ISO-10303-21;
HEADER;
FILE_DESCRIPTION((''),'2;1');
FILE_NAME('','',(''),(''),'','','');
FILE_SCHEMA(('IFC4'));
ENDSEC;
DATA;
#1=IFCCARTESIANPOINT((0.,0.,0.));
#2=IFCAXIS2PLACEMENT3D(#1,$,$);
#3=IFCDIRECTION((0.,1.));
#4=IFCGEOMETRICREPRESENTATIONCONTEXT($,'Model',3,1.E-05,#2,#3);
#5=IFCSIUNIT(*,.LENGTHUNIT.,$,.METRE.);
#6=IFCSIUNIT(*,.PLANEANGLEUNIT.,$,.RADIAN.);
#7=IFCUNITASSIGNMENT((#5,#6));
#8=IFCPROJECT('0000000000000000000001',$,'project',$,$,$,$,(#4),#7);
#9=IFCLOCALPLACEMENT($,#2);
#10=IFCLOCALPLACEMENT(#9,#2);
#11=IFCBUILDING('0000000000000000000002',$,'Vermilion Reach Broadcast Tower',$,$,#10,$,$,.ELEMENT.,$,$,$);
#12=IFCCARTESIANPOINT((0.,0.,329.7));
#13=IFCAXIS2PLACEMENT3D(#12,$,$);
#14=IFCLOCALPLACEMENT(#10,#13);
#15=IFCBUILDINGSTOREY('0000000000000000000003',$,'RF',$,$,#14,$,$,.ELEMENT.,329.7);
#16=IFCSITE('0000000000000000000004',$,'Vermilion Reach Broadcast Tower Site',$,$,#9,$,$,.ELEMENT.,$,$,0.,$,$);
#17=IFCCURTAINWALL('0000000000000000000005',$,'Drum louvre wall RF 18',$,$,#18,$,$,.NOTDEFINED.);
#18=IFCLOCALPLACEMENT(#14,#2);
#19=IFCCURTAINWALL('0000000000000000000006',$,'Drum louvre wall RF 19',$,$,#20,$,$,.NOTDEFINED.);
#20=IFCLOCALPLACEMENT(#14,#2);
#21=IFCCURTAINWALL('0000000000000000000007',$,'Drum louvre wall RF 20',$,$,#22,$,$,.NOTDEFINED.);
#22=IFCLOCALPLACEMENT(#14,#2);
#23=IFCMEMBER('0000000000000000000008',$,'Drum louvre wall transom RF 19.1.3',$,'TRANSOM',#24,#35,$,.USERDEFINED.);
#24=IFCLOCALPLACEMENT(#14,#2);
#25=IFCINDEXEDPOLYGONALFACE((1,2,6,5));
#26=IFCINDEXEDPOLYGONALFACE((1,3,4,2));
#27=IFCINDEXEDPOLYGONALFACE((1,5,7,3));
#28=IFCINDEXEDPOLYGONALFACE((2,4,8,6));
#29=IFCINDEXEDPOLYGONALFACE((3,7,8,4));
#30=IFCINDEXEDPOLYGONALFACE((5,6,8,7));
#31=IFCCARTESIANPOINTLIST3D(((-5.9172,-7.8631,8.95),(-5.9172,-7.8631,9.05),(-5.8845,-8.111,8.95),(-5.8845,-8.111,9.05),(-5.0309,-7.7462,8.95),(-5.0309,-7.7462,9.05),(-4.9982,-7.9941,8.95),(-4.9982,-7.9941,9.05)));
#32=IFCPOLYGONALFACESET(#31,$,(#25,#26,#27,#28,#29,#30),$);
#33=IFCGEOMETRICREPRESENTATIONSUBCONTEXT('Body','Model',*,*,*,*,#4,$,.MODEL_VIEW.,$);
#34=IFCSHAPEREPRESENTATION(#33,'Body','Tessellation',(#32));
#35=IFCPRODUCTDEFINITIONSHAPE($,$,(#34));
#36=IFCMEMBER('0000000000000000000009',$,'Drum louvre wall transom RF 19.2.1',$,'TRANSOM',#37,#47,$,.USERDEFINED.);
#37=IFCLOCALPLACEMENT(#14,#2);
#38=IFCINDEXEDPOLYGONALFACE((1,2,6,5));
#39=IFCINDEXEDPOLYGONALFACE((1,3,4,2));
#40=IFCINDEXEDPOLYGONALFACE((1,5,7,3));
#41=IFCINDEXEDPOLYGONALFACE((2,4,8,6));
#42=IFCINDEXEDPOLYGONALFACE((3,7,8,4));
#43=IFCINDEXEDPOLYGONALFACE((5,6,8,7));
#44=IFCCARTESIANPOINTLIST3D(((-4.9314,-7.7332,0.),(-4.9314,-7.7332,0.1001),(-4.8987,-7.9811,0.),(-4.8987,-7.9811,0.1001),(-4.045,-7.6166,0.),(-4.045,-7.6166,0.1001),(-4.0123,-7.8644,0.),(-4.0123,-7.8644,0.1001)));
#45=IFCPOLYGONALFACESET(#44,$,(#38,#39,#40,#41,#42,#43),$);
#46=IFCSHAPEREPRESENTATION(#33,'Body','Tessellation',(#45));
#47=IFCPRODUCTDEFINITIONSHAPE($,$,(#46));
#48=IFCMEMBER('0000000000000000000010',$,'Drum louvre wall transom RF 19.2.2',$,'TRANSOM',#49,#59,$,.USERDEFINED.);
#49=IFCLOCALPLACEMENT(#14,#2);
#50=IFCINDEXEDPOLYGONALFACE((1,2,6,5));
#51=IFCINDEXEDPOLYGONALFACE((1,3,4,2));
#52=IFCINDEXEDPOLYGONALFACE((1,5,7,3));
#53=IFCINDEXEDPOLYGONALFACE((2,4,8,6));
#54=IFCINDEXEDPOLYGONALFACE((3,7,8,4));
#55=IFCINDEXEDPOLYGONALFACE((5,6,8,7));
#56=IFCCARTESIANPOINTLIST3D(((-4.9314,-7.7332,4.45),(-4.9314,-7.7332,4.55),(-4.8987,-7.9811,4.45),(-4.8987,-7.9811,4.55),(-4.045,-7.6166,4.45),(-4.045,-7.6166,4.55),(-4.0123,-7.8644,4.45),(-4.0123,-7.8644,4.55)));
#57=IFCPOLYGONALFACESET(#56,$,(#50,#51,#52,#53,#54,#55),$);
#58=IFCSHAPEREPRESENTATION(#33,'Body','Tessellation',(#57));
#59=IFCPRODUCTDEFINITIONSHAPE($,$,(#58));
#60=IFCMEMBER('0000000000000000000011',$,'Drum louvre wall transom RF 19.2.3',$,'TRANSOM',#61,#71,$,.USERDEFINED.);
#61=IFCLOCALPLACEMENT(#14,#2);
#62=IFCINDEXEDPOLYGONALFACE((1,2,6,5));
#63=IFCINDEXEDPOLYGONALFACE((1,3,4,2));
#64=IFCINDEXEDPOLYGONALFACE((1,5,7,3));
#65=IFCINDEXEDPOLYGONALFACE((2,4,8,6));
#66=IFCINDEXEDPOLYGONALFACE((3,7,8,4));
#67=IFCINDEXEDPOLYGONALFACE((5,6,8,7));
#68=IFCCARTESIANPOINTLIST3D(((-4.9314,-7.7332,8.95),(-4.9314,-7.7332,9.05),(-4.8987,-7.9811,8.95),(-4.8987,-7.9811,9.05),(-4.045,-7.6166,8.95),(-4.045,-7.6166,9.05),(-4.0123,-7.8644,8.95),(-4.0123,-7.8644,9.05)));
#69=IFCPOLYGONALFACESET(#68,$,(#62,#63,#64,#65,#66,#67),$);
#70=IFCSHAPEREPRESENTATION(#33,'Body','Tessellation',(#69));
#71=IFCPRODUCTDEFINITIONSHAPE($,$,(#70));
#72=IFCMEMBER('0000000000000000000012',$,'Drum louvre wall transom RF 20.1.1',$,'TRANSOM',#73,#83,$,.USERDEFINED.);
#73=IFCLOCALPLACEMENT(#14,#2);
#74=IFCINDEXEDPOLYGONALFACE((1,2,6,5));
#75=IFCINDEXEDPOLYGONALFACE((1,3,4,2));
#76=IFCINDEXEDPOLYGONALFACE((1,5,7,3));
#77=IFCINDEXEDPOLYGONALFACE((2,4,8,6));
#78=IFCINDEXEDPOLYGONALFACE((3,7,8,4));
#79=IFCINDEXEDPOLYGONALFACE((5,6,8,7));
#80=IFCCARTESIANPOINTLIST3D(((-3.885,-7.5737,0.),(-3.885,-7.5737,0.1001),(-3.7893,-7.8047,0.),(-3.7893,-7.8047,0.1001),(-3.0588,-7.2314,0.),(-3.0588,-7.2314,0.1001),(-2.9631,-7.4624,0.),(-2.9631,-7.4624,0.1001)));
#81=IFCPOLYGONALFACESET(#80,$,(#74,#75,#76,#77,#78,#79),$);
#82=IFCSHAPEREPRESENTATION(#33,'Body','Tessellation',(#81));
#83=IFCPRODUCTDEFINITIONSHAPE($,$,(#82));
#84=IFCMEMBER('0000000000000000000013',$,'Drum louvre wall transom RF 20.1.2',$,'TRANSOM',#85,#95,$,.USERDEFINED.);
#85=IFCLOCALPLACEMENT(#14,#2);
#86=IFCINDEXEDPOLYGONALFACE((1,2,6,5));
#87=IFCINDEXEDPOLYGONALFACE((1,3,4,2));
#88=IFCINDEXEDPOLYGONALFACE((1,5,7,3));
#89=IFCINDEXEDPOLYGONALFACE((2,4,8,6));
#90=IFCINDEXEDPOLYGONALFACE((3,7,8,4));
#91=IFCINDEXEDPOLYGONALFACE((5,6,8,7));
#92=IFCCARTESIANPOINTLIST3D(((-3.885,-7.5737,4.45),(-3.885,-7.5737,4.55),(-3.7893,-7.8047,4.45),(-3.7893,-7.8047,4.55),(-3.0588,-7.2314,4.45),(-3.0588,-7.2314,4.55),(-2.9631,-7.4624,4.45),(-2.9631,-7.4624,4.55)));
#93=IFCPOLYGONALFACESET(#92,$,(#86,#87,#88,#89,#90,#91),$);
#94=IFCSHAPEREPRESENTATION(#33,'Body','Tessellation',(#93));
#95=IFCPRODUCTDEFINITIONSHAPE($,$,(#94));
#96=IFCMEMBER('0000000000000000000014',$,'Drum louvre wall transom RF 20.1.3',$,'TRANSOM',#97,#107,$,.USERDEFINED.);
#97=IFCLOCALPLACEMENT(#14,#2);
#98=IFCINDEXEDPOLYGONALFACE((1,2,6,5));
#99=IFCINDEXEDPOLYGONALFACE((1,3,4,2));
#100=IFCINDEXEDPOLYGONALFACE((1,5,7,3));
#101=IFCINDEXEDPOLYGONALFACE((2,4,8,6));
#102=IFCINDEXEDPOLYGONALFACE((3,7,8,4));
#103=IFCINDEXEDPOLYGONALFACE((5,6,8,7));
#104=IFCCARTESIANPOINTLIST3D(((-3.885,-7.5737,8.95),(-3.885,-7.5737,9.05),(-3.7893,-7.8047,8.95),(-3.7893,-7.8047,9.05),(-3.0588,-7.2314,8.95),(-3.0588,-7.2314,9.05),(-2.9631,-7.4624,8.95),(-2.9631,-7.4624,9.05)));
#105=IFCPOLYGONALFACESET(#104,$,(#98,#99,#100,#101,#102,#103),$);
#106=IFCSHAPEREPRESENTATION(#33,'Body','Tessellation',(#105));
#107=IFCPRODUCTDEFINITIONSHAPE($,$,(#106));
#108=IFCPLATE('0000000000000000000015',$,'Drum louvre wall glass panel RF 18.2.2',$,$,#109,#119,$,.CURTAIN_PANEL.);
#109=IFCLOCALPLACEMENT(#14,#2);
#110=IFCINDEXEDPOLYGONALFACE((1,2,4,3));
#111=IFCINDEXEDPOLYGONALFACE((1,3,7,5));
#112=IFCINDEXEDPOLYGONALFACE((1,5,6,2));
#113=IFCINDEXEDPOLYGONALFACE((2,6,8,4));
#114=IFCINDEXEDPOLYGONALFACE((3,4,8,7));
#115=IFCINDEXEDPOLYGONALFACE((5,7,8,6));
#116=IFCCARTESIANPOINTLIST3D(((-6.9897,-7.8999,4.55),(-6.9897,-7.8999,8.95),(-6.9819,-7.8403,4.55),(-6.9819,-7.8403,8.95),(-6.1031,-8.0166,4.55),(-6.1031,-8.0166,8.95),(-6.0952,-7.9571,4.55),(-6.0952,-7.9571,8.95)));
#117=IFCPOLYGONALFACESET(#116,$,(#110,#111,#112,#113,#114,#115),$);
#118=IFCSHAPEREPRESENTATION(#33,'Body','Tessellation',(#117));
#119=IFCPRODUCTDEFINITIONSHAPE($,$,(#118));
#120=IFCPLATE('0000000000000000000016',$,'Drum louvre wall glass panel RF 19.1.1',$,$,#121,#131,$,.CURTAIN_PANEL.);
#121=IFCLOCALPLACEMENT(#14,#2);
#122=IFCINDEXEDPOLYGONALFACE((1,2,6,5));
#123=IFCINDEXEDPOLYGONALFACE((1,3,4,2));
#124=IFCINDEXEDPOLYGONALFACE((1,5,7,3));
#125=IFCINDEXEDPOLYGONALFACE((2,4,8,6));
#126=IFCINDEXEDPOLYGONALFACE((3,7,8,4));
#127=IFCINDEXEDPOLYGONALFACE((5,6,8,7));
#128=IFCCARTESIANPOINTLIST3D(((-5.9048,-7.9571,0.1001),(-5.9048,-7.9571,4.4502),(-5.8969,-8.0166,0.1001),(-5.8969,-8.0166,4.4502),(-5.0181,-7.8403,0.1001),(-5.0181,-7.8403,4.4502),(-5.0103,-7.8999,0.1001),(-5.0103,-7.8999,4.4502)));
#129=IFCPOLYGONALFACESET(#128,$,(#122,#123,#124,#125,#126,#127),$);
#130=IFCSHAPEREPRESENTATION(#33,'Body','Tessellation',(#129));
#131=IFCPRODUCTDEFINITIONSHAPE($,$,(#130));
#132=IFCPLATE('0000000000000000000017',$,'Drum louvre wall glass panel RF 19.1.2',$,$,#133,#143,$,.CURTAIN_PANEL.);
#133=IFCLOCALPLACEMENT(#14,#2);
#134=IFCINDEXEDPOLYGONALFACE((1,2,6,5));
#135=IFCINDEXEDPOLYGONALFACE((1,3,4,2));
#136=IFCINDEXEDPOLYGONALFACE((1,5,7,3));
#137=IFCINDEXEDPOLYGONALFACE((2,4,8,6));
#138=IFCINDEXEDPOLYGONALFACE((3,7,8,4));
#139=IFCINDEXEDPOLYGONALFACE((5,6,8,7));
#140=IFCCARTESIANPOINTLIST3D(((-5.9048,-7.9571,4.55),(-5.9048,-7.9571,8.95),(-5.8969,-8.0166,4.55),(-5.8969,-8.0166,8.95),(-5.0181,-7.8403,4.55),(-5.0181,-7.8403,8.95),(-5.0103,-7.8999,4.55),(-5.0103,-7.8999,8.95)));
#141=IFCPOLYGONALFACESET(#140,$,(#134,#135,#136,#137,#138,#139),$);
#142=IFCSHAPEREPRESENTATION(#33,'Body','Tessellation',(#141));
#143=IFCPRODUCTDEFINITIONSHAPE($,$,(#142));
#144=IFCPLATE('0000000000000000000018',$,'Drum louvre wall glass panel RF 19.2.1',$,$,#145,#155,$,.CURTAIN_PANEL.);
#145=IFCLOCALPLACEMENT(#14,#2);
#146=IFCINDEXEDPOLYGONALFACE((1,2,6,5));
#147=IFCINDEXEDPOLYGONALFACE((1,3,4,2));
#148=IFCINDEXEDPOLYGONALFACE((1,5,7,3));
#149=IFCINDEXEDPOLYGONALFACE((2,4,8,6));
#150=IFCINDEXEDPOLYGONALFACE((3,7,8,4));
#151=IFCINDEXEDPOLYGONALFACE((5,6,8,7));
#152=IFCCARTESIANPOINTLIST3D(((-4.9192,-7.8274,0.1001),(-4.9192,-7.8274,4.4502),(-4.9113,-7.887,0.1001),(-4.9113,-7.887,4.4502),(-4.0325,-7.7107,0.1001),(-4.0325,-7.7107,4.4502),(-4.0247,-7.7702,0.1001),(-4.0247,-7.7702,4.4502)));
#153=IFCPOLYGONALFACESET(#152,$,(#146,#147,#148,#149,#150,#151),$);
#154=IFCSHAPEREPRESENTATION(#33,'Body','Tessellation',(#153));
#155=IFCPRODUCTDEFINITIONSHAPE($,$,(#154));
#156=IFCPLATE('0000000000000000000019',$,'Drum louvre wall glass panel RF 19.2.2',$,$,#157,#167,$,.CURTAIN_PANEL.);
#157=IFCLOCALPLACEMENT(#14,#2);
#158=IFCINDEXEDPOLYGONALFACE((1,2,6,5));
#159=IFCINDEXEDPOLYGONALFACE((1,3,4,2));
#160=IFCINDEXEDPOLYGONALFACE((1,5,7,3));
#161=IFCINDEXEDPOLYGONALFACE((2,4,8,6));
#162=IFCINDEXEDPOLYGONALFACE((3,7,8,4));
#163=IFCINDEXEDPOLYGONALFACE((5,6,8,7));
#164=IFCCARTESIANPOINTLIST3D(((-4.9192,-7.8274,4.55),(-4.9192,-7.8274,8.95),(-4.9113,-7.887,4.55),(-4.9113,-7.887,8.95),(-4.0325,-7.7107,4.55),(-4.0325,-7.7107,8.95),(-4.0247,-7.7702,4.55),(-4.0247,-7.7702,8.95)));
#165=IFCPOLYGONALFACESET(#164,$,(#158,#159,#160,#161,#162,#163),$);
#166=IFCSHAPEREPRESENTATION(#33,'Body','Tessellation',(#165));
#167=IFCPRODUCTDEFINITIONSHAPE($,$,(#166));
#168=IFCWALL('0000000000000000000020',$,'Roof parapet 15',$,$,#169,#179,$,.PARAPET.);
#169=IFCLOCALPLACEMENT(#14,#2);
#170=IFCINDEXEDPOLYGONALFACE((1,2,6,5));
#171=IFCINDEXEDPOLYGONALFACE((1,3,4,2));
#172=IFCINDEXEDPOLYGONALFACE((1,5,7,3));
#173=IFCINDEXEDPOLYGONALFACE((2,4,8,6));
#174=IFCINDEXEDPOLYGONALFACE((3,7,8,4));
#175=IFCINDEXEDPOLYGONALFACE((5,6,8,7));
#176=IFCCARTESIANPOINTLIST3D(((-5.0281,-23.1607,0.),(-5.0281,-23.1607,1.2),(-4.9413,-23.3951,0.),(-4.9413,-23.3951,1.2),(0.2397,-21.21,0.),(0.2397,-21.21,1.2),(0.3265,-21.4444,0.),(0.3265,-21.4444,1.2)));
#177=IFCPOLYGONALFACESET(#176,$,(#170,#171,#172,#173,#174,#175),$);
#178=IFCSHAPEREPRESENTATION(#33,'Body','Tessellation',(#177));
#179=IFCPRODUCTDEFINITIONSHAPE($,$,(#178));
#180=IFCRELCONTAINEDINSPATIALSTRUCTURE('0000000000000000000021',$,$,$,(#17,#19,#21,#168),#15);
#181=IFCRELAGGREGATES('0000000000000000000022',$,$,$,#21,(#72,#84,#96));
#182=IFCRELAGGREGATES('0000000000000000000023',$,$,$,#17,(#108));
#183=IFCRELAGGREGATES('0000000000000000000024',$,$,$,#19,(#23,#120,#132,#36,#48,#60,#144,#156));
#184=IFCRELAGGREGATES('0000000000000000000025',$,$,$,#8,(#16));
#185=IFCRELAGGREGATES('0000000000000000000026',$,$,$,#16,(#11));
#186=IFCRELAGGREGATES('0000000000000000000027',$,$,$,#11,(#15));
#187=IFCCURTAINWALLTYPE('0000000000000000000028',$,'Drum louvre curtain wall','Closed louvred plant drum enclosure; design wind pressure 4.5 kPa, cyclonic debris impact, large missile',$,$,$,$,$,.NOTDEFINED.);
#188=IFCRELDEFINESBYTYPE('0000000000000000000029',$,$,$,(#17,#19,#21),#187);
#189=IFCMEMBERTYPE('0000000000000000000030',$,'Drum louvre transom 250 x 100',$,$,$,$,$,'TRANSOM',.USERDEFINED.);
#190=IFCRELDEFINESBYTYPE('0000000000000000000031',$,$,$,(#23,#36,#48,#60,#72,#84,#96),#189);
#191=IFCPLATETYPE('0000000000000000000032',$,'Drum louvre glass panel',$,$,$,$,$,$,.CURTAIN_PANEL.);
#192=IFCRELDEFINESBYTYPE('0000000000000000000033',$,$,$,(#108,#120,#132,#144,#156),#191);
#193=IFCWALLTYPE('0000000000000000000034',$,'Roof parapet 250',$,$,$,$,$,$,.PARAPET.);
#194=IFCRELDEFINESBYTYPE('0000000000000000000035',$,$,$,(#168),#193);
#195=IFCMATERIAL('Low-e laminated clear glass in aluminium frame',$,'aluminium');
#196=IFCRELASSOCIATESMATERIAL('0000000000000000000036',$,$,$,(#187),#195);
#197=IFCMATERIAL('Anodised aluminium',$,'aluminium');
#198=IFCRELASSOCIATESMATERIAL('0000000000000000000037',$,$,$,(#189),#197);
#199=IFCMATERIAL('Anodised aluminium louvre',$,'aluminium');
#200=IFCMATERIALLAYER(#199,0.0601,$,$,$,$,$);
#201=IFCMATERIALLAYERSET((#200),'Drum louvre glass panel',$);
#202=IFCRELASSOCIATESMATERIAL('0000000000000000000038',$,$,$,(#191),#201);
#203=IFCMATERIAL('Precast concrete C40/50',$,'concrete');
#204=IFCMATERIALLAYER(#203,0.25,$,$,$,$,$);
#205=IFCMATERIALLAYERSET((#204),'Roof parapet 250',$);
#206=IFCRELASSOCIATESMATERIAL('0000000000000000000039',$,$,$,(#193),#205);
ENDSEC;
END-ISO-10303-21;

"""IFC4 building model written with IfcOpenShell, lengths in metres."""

from ifc_helpers import new_model, si_unit, direction, frame, frame_2d, origin, origin_2d, place, context, subcontext, project, spatial, rectangle, extrude, material, layer, layer_set, material_profile, profile_set, type_object, element, aggregate, save


model = new_model("IFC4")

# Units and contexts
model_context = context("Model", 3, precision=1e-05, world=origin(), true_north=direction((0.0, 1.0)))
body_context = subcontext(model_context, "Body", "Model", "MODEL_VIEW")
ifc_project = project(units=[si_unit("LENGTHUNIT", "METRE"), si_unit("PLANEANGLEUNIT", "RADIAN")], contexts=[model_context])

# Site, building, storey
site_placement = place(None, origin())
site = spatial("IfcSite", under=ifc_project, at=site_placement, Name="Vermilion Reach Broadcast Tower Site", CompositionType="ELEMENT", RefElevation=0.0)
building_placement = place(site_placement, origin())
building = spatial("IfcBuilding", under=site, at=building_placement, Name="Vermilion Reach Broadcast Tower", CompositionType="ELEMENT")
storey_placement = place(building_placement, frame((0.0, 0.0, 329.7)))
storey = spatial("IfcBuildingStorey", under=building, at=storey_placement, Name="RF", CompositionType="ELEMENT", Elevation=329.7)

# Curtain wall
ifc_material_1 = material(Name="Low-e laminated clear glass in aluminium frame", Category="aluminium")
curtain_wall_type = type_object("IfcCurtainWallType", Name="Drum louvre curtain wall", Description="Closed louvred plant drum enclosure; design wind pressure 4.5 kPa, cyclonic debris impact, large missile", PredefinedType="NOTDEFINED", material=ifc_material_1)
placement = place(storey_placement, origin())
curtain_wall_1 = element("IfcCurtainWall", 1, at=placement, inside=storey, type_object=curtain_wall_type, Name="Drum louvre wall RF 18", PredefinedType="NOTDEFINED")

# Curtain wall
curtain_wall_2 = element("IfcCurtainWall", 2, at=placement, inside=storey, type_object=curtain_wall_type, Name="Drum louvre wall RF 19", PredefinedType="NOTDEFINED")

# Curtain wall
curtain_wall_3 = element("IfcCurtainWall", 3, at=placement, inside=storey, type_object=curtain_wall_type, Name="Drum louvre wall RF 20", PredefinedType="NOTDEFINED")

# Members
ifc_material_2 = material(Name="Anodised aluminium", Category="aluminium")
ifc_material_profile_1 = material_profile(ifc_material_2, rectangle(XDim=0.25, YDim=0.1001, at=origin_2d()), Name="Drum louvre transom 250 x 100")
ifc_profile_set_1 = profile_set([ifc_material_profile_1], Name="Anodised aluminium")
member_type_1 = type_object("IfcMemberType", Name="Drum louvre transom 250 x 100", ElementType="TRANSOM", PredefinedType="USERDEFINED", material=ifc_profile_set_1)
member_1_placement = place(storey_placement, frame((-5.9009, -7.9871, 9.0), z_axis=(0.991411, 0.130786, 0.0), x_axis=(-0.130786, 0.991411, 0.0)))
member_1 = element("IfcMember", 4, at=member_1_placement, type_object=member_type_1, Name="Drum louvre wall transom RF 19.1.3", ObjectType="TRANSOM", PredefinedType="USERDEFINED", context=body_context, shape_type="SweptSolid", body=[
    extrude(rectangle(XDim=0.25, YDim=0.1001, at=origin_2d()), origin(), (0.0, 0.0, 1.0), 0.894),
])
member_2_placement = place(storey_placement, frame((-4.915, -7.8572, 0.05), z_axis=(0.991446, 0.130518, 0.0), x_axis=(-0.130518, 0.991446, 0.0)))
member_2 = element("IfcMember", 5, at=member_2_placement, type_object=member_type_1, Name="Drum louvre wall transom RF 19.2.1", ObjectType="TRANSOM", PredefinedType="USERDEFINED", context=body_context, shape_type="SweptSolid", body=[
    extrude(rectangle(XDim=0.25, YDim=0.1001, at=origin_2d()), origin(), (0.0, 0.0, 1.0), 0.894),
])
member_3_placement = place(storey_placement, frame((-4.915, -7.8572, 4.5), z_axis=(0.991446, 0.130518, 0.0), x_axis=(-0.130518, 0.991446, 0.0)))
member_3 = element("IfcMember", 6, at=member_3_placement, type_object=member_type_1, Name="Drum louvre wall transom RF 19.2.2", ObjectType="TRANSOM", PredefinedType="USERDEFINED", context=body_context, shape_type="SweptSolid", body=[
    extrude(rectangle(XDim=0.25, YDim=0.1001, at=origin_2d()), origin(), (0.0, 0.0, 1.0), 0.894),
])
member_4_placement = place(storey_placement, frame((-4.915, -7.8572, 9.0), z_axis=(0.991446, 0.130518, 0.0), x_axis=(-0.130518, 0.991446, 0.0)))
member_4 = element("IfcMember", 7, at=member_4_placement, type_object=member_type_1, Name="Drum louvre wall transom RF 19.2.3", ObjectType="TRANSOM", PredefinedType="USERDEFINED", context=body_context, shape_type="SweptSolid", body=[
    extrude(rectangle(XDim=0.25, YDim=0.1001, at=origin_2d()), origin(), (0.0, 0.0, 1.0), 0.894),
])
member_5_placement = place(storey_placement, frame((-3.8372, -7.6892, 0.05), z_axis=(0.92385, 0.382754, 0.0), x_axis=(-0.382754, 0.92385, 0.0)))
member_5 = element("IfcMember", 8, at=member_5_placement, type_object=member_type_1, Name="Drum louvre wall transom RF 20.1.1", ObjectType="TRANSOM", PredefinedType="USERDEFINED", context=body_context, shape_type="SweptSolid", body=[
    extrude(rectangle(XDim=0.25, YDim=0.1001, at=origin_2d()), origin(), (0.0, 0.0, 1.0), 0.8943),
])
member_6_placement = place(storey_placement, frame((-3.8372, -7.6892, 4.5), z_axis=(0.92385, 0.382754, 0.0), x_axis=(-0.382754, 0.92385, 0.0)))
member_6 = element("IfcMember", 9, at=member_6_placement, type_object=member_type_1, Name="Drum louvre wall transom RF 20.1.2", ObjectType="TRANSOM", PredefinedType="USERDEFINED", context=body_context, shape_type="SweptSolid", body=[
    extrude(rectangle(XDim=0.25, YDim=0.1001, at=origin_2d()), origin(), (0.0, 0.0, 1.0), 0.8943),
])
member_7_placement = place(storey_placement, frame((-3.8372, -7.6892, 9.0), z_axis=(0.92385, 0.382754, 0.0), x_axis=(-0.382754, 0.92385, 0.0)))
member_7 = element("IfcMember", 10, at=member_7_placement, type_object=member_type_1, Name="Drum louvre wall transom RF 20.1.3", ObjectType="TRANSOM", PredefinedType="USERDEFINED", context=body_context, shape_type="SweptSolid", body=[
    extrude(rectangle(XDim=0.25, YDim=0.1001, at=origin_2d()), origin(), (0.0, 0.0, 1.0), 0.8943),
])
aggregate(curtain_wall_3, [member_5, member_6, member_7])

# Plates
ifc_material_3 = material(Name="Anodised aluminium louvre", Category="aluminium")
ifc_layer_1 = layer(ifc_material_3, 0.0601)
ifc_layer_set_1 = layer_set([ifc_layer_1], Name="Drum louvre glass panel")
plate_type = type_object("IfcPlateType", Name="Drum louvre glass panel", PredefinedType="CURTAIN_PANEL", material=ifc_layer_set_1)
plate_1_placement = place(storey_placement, frame((-6.5425, -7.9285, 4.55), z_axis=(0.0, 0.0, 1.0), x_axis=(0.991445, -0.130526, 0.0)))
plate_1 = element("IfcPlate", 11, at=plate_1_placement, type_object=plate_type, Name="Drum louvre wall glass panel RF 18.2.2", PredefinedType="CURTAIN_PANEL", context=body_context, shape_type="SweptSolid", body=[
    extrude(rectangle(XDim=0.8943, YDim=0.0601, at=origin_2d()), origin(), (0.0, 0.0, 1.0), 4.3999),
])
aggregate(curtain_wall_1, [plate_1])
plate_2_placement = place(storey_placement, frame((-5.4575, -7.9285, 0.1001), z_axis=(0.0, 0.0, 1.0), x_axis=(0.991445, 0.130526, 0.0)))
plate_2 = element("IfcPlate", 12, at=plate_2_placement, type_object=plate_type, Name="Drum louvre wall glass panel RF 19.1.1", PredefinedType="CURTAIN_PANEL", context=body_context, shape_type="SweptSolid", body=[
    extrude(rectangle(XDim=0.8943, YDim=0.0601, at=origin_2d()), origin(), (0.0, 0.0, 1.0), 4.3501),
])
plate_3_placement = place(storey_placement, frame((-5.4575, -7.9285, 4.55), z_axis=(0.0, 0.0, 1.0), x_axis=(0.991445, 0.130526, 0.0)))
plate_3 = element("IfcPlate", 13, at=plate_3_placement, type_object=plate_type, Name="Drum louvre wall glass panel RF 19.1.2", PredefinedType="CURTAIN_PANEL", context=body_context, shape_type="SweptSolid", body=[
    extrude(rectangle(XDim=0.8943, YDim=0.0601, at=origin_2d()), origin(), (0.0, 0.0, 1.0), 4.3999),
])
plate_4_placement = place(storey_placement, frame((-4.4719, -7.7988, 0.1001), z_axis=(0.0, 0.0, 1.0), x_axis=(0.991445, 0.130526, 0.0)))
plate_4 = element("IfcPlate", 14, at=plate_4_placement, type_object=plate_type, Name="Drum louvre wall glass panel RF 19.2.1", PredefinedType="CURTAIN_PANEL", context=body_context, shape_type="SweptSolid", body=[
    extrude(rectangle(XDim=0.8943, YDim=0.0601, at=origin_2d()), origin(), (0.0, 0.0, 1.0), 4.3501),
])
plate_5_placement = place(storey_placement, frame((-4.4719, -7.7988, 4.55), z_axis=(0.0, 0.0, 1.0), x_axis=(0.991445, 0.130526, 0.0)))
plate_5 = element("IfcPlate", 15, at=plate_5_placement, type_object=plate_type, Name="Drum louvre wall glass panel RF 19.2.2", PredefinedType="CURTAIN_PANEL", context=body_context, shape_type="SweptSolid", body=[
    extrude(rectangle(XDim=0.8943, YDim=0.0601, at=origin_2d()), origin(), (0.0, 0.0, 1.0), 4.3999),
])
aggregate(curtain_wall_2, [member_1, plate_2, plate_3, member_2, member_3, member_4, plate_4, plate_5])

# Wall
ifc_material_4 = material(Name="Precast concrete C40/50", Category="concrete")
ifc_layer_2 = layer(ifc_material_4, 0.25)
ifc_layer_set_2 = layer_set([ifc_layer_2], Name="Roof parapet 250")
wall_type = type_object("IfcWallType", Name="Roof parapet 250", PredefinedType="PARAPET", material=ifc_layer_set_2)
wall_placement = place(storey_placement, frame((-4.9846, -23.2778, 0.0), z_axis=(0.0, 0.0, 1.0), x_axis=(0.93777, 0.347258, 0.0)))
element("IfcWall", 16, at=wall_placement, inside=storey, type_object=wall_type, Name="Roof parapet 15", PredefinedType="PARAPET", context=body_context, shape_type="SweptSolid", body=[
    extrude(rectangle(XDim=5.6174, YDim=0.25, at=frame_2d((2.8086, 0.0))), origin(), (0.0, 0.0, 1.0), 1.2),
])

save(model, "model.ifc")
